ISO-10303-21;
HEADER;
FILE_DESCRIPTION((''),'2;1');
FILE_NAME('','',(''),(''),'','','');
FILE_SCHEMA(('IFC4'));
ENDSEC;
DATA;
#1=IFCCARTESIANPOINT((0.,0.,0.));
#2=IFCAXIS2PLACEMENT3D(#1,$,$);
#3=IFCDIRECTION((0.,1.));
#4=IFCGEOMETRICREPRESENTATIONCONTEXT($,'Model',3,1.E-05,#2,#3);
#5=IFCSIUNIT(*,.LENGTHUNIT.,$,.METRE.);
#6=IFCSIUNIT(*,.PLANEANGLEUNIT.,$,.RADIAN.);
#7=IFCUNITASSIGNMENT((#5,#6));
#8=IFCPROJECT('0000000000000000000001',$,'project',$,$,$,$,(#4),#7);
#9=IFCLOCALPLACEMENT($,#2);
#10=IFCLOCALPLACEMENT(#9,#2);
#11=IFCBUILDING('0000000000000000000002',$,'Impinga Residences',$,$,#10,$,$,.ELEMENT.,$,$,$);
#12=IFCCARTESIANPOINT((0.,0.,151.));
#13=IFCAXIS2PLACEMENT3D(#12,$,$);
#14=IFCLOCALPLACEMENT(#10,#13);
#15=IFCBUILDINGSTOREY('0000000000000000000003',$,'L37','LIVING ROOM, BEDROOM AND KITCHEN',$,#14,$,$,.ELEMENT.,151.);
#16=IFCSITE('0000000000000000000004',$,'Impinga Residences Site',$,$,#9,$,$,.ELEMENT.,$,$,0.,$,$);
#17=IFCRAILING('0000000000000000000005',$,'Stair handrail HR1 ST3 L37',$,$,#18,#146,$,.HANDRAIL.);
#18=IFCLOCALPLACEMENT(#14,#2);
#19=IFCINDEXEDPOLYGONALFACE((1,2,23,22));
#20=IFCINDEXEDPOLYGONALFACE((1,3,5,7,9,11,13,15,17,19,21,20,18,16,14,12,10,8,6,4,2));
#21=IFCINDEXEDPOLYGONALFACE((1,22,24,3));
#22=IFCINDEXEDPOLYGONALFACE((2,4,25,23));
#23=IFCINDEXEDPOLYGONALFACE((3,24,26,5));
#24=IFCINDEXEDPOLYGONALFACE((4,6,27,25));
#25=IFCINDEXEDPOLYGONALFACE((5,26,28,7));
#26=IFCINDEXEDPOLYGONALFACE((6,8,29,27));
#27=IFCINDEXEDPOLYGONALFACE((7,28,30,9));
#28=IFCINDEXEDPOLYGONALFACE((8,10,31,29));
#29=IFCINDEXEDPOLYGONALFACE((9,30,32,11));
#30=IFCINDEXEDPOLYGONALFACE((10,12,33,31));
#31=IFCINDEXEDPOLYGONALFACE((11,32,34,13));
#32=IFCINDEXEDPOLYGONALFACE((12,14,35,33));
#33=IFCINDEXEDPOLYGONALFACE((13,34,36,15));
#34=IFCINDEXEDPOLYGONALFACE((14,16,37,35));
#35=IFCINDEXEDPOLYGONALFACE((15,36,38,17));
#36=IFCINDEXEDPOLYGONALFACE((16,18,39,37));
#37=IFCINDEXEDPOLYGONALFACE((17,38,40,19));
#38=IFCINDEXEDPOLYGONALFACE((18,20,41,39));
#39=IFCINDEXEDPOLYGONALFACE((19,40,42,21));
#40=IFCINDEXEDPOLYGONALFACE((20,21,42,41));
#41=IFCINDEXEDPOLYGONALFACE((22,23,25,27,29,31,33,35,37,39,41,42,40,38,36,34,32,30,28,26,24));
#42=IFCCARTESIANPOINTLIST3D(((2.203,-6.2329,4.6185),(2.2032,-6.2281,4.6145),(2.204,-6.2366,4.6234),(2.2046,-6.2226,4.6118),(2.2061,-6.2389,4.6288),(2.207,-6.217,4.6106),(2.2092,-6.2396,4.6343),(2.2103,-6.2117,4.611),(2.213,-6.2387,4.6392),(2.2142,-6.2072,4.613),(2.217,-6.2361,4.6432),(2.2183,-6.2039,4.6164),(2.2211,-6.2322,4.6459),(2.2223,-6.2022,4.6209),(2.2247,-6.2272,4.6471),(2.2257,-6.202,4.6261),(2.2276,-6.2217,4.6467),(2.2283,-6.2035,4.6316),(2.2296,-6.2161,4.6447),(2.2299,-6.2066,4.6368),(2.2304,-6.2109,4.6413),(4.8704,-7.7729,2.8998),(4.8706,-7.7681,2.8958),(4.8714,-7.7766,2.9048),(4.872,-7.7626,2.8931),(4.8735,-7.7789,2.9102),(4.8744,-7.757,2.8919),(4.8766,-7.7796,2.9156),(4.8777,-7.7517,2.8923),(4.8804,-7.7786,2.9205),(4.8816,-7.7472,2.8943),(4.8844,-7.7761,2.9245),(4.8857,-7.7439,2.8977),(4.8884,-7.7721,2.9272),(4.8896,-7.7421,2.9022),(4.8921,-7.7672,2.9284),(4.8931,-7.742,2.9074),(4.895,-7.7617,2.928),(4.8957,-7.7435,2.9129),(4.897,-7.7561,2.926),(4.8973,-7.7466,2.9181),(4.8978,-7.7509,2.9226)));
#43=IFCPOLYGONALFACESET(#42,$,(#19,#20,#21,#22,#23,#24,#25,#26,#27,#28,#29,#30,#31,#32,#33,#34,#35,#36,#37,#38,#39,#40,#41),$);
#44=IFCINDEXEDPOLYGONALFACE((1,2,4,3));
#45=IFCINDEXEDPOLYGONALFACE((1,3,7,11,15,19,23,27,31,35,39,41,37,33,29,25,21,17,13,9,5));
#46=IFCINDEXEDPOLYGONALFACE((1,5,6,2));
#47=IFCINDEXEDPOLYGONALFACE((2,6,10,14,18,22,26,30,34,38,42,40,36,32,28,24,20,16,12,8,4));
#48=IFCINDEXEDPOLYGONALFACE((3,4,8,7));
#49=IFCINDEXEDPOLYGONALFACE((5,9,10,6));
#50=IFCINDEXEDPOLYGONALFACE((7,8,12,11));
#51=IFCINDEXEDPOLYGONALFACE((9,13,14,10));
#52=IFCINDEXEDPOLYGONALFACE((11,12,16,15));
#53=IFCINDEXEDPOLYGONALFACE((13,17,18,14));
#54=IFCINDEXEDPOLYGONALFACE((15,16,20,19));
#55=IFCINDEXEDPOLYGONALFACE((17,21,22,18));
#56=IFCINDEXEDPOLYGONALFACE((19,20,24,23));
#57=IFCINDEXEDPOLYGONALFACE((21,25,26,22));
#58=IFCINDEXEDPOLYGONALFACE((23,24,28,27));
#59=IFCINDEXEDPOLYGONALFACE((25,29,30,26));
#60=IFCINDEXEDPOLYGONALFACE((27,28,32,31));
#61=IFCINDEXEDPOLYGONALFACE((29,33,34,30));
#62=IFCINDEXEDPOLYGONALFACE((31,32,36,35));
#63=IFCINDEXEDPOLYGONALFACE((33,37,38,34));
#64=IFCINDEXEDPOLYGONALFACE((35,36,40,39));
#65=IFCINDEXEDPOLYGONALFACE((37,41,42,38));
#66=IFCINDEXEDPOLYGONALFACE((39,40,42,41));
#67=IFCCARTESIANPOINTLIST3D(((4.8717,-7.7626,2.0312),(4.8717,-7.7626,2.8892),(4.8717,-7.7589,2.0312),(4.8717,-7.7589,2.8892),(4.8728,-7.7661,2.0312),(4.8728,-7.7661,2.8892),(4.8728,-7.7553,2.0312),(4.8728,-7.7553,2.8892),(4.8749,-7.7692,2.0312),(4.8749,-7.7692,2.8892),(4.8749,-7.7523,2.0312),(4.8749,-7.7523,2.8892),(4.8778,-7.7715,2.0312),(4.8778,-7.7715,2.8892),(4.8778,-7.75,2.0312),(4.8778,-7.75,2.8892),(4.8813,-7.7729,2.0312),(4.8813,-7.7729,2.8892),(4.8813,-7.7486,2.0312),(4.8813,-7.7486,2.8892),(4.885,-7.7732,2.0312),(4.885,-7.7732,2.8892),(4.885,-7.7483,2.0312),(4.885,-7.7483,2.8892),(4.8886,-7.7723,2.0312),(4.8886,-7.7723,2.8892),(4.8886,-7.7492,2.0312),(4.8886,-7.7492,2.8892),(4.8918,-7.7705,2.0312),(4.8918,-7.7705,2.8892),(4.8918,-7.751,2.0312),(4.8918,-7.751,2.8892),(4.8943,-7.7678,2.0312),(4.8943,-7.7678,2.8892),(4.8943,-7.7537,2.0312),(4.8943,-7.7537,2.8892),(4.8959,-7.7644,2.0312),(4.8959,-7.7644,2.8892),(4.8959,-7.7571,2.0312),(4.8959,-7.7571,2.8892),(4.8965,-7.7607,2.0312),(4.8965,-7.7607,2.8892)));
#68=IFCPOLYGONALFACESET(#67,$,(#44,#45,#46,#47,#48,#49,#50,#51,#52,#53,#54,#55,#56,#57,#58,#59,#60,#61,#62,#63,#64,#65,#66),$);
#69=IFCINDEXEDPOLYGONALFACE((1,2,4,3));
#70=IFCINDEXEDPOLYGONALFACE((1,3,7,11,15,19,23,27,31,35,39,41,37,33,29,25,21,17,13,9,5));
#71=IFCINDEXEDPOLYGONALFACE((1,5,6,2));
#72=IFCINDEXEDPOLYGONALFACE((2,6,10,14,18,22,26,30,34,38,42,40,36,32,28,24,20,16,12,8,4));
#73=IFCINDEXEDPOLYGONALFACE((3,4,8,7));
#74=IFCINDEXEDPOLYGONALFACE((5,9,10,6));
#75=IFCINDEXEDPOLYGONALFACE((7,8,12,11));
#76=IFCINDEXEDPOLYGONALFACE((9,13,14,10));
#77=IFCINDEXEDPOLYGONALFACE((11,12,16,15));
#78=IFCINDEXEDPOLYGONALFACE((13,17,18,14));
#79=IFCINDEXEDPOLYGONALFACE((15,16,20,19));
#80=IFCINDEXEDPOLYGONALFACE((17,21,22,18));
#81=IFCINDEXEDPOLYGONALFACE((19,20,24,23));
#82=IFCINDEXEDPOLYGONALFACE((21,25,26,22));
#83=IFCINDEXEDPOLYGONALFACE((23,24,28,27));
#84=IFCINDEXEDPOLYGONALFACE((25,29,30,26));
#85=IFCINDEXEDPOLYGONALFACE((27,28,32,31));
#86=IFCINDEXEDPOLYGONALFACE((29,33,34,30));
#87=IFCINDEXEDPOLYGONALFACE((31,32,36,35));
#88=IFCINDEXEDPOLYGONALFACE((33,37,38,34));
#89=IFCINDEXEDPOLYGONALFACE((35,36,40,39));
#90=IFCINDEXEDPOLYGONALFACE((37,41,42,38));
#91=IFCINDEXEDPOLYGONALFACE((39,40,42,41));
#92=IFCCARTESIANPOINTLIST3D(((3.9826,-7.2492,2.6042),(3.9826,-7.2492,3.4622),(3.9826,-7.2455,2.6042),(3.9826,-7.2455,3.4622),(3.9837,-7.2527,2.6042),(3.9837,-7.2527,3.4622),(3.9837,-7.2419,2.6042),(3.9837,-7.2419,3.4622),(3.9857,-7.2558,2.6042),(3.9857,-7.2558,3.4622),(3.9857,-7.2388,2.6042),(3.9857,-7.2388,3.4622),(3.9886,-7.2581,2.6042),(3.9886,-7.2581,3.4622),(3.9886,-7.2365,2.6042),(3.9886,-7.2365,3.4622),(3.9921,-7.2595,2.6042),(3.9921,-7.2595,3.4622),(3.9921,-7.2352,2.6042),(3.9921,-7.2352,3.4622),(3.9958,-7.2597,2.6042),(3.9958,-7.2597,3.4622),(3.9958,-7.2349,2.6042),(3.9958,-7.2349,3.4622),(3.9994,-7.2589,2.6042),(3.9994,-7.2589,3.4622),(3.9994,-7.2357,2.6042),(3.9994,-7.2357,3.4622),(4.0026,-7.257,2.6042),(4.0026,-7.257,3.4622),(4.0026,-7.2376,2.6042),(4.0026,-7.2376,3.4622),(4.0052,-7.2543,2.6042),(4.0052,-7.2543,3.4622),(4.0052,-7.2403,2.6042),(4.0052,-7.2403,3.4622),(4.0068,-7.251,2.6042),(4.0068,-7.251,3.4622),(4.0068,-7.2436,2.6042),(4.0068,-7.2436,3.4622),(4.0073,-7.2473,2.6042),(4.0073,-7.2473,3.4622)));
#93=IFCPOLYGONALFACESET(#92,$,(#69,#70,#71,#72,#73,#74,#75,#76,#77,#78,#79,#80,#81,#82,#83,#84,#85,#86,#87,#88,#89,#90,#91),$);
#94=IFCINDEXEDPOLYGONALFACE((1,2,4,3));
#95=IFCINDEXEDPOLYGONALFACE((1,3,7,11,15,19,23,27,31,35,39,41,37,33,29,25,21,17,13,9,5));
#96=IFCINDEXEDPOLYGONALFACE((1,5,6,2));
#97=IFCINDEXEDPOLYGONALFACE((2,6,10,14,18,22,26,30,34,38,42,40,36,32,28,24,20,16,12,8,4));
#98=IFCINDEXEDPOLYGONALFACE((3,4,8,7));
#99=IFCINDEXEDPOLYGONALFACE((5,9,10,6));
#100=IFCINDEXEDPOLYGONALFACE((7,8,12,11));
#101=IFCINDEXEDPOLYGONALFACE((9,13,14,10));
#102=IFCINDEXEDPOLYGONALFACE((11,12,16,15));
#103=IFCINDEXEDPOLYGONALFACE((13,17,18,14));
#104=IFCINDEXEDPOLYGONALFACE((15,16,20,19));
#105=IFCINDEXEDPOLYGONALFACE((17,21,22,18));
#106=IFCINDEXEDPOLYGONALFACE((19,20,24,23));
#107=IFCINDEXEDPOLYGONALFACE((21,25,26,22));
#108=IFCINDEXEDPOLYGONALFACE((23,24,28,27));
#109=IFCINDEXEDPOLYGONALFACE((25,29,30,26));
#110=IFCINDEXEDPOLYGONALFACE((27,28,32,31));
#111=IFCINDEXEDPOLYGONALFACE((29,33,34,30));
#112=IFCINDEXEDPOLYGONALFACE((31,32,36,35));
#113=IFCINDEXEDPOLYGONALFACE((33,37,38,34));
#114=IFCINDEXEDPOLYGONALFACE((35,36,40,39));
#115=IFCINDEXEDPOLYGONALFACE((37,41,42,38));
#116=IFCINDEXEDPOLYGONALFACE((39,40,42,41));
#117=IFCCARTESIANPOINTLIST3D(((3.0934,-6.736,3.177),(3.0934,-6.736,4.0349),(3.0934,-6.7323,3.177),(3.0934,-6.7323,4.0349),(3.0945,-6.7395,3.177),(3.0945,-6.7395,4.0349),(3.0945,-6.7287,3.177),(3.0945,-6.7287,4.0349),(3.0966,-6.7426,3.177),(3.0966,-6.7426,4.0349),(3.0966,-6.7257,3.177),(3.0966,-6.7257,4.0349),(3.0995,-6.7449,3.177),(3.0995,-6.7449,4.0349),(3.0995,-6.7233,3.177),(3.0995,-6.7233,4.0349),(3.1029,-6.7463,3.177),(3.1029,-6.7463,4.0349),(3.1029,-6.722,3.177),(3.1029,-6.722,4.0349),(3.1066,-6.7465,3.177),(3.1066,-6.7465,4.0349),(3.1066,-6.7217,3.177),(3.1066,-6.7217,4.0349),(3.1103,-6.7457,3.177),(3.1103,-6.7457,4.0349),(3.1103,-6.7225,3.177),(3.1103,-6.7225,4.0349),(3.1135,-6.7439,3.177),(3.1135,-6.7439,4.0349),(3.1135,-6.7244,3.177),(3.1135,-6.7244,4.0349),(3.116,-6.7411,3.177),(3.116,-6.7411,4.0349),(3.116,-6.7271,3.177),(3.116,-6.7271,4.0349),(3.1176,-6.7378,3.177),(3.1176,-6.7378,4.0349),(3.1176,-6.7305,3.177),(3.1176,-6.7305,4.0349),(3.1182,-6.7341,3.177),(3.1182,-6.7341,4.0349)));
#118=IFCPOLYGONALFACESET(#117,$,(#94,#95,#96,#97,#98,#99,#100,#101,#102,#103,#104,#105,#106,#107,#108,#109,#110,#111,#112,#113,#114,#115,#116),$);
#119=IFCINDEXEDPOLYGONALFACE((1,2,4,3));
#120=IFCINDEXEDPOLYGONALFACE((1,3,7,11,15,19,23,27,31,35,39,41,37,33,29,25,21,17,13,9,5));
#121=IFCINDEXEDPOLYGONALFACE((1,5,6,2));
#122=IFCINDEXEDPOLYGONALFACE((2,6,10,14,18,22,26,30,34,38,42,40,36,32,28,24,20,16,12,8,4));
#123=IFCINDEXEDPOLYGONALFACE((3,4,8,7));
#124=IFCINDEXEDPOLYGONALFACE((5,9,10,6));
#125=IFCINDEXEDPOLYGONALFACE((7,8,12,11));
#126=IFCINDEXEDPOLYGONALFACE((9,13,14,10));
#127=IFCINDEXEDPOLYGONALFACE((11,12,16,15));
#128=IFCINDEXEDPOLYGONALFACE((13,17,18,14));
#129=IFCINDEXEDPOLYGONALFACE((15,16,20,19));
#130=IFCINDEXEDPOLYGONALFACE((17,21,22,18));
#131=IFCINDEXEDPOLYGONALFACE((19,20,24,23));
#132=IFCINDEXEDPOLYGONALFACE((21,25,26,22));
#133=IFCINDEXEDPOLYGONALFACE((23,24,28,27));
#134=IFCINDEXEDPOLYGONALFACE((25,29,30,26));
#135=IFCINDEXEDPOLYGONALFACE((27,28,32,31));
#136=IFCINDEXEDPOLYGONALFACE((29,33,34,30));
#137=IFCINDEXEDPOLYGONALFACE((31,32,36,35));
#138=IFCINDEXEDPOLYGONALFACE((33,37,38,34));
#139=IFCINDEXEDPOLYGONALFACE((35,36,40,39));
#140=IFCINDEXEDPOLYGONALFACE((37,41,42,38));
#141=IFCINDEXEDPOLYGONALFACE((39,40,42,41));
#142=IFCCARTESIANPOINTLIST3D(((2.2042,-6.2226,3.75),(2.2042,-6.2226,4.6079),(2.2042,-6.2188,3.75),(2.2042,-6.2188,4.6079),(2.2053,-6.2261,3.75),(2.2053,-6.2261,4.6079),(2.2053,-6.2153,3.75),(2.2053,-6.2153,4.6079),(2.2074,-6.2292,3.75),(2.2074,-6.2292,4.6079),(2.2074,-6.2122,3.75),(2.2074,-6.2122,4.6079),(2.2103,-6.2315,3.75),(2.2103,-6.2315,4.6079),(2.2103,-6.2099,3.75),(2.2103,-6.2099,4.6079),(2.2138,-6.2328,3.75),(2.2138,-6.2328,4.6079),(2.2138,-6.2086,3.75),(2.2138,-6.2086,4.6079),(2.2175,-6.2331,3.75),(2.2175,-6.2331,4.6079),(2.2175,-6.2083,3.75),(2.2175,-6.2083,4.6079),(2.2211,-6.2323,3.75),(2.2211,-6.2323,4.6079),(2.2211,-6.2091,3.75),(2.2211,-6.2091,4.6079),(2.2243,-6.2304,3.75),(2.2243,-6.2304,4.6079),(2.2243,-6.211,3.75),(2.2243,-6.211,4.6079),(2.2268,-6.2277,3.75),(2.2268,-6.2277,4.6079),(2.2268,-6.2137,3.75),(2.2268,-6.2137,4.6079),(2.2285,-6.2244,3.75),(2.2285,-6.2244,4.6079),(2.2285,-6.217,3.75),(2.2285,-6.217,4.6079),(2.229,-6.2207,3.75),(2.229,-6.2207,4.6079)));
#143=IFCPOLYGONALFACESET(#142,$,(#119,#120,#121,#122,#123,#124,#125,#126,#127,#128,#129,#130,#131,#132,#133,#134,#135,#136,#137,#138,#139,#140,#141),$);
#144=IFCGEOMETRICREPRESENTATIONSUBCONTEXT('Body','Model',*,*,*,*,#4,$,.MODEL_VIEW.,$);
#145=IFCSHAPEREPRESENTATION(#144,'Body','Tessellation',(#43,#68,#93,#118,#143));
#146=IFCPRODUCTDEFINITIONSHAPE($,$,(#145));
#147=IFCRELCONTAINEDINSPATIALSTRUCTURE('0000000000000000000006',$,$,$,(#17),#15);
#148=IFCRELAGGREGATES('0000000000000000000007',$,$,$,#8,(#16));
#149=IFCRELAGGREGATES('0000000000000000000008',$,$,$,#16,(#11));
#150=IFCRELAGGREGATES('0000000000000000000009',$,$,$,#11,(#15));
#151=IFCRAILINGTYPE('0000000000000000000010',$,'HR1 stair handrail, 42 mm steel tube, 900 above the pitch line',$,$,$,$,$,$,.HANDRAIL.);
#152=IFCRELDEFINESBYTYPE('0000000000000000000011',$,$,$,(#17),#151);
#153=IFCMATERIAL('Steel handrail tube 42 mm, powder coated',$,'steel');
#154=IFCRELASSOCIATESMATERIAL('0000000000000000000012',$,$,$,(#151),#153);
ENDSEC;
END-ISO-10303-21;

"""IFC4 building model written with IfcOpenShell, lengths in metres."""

from ifc_helpers import new_model, si_unit, direction, frame, origin, origin_2d, place, context, subcontext, project, spatial, circle, extrude, material, type_object, element, save


model = new_model("IFC4")

# Units and contexts
model_context = context("Model", 3, precision=1e-05, world=origin(), true_north=direction((0.0, 1.0)))
body_context = subcontext(model_context, "Body", "Model", "MODEL_VIEW")
ifc_project = project(units=[si_unit("LENGTHUNIT", "METRE"), si_unit("PLANEANGLEUNIT", "RADIAN")], contexts=[model_context])

# Site, building, storey
site_placement = place(None, origin())
site = spatial("IfcSite", under=ifc_project, at=site_placement, Name="Impinga Residences Site", CompositionType="ELEMENT", RefElevation=0.0)
building_placement = place(site_placement, origin())
building = spatial("IfcBuilding", under=site, at=building_placement, Name="Impinga Residences", CompositionType="ELEMENT")
storey_placement = place(building_placement, frame((0.0, 0.0, 151.0)))
storey = spatial("IfcBuildingStorey", under=building, at=storey_placement, Name="L37", Description="LIVING ROOM, BEDROOM AND KITCHEN", CompositionType="ELEMENT", Elevation=151.0)

# Railing
ifc_material_1 = material(Name="Steel handrail tube 42 mm, powder coated", Category="steel")
railing_type_1 = type_object("IfcRailingType", Name="HR1 stair handrail, 42 mm steel tube, 900 above the pitch line", PredefinedType="HANDRAIL", material=ifc_material_1)
railing_1_placement = place(storey_placement, frame((4.884, -7.7607, 2.0312)))
element("IfcRailing", 1, at=railing_1_placement, inside=storey, type_object=railing_type_1, Name="Stair handrail HR1 ST3 L37", PredefinedType="HANDRAIL", context=body_context, shape_type="SweptSolid", body=[
    extrude(circle(Radius=0.021, at=origin_2d()), frame((0.0, 0.0, 0.8789), z_axis=(-0.756256, 0.436616, 0.487282), x_axis=(-0.499992, -0.86603, 0.0)), (0.0, 0.0, 1.0), 3.5271),
    extrude(circle(Radius=0.0125, at=origin_2d()), origin(), (0.0, 0.0, 1.0), 0.8579),
    extrude(circle(Radius=0.0125, at=origin_2d()), frame((-0.8892, 0.5134, 0.573)), (0.0, 0.0, 1.0), 0.8579),
    extrude(circle(Radius=0.0125, at=origin_2d()), frame((-1.7783, 1.0266, 1.1458)), (0.0, 0.0, 1.0), 0.8579),
    extrude(circle(Radius=0.0125, at=origin_2d()), frame((-2.6675, 1.54, 1.7188)), (0.0, 0.0, 1.0), 0.8579),
])

save(model, "model.ifc")
